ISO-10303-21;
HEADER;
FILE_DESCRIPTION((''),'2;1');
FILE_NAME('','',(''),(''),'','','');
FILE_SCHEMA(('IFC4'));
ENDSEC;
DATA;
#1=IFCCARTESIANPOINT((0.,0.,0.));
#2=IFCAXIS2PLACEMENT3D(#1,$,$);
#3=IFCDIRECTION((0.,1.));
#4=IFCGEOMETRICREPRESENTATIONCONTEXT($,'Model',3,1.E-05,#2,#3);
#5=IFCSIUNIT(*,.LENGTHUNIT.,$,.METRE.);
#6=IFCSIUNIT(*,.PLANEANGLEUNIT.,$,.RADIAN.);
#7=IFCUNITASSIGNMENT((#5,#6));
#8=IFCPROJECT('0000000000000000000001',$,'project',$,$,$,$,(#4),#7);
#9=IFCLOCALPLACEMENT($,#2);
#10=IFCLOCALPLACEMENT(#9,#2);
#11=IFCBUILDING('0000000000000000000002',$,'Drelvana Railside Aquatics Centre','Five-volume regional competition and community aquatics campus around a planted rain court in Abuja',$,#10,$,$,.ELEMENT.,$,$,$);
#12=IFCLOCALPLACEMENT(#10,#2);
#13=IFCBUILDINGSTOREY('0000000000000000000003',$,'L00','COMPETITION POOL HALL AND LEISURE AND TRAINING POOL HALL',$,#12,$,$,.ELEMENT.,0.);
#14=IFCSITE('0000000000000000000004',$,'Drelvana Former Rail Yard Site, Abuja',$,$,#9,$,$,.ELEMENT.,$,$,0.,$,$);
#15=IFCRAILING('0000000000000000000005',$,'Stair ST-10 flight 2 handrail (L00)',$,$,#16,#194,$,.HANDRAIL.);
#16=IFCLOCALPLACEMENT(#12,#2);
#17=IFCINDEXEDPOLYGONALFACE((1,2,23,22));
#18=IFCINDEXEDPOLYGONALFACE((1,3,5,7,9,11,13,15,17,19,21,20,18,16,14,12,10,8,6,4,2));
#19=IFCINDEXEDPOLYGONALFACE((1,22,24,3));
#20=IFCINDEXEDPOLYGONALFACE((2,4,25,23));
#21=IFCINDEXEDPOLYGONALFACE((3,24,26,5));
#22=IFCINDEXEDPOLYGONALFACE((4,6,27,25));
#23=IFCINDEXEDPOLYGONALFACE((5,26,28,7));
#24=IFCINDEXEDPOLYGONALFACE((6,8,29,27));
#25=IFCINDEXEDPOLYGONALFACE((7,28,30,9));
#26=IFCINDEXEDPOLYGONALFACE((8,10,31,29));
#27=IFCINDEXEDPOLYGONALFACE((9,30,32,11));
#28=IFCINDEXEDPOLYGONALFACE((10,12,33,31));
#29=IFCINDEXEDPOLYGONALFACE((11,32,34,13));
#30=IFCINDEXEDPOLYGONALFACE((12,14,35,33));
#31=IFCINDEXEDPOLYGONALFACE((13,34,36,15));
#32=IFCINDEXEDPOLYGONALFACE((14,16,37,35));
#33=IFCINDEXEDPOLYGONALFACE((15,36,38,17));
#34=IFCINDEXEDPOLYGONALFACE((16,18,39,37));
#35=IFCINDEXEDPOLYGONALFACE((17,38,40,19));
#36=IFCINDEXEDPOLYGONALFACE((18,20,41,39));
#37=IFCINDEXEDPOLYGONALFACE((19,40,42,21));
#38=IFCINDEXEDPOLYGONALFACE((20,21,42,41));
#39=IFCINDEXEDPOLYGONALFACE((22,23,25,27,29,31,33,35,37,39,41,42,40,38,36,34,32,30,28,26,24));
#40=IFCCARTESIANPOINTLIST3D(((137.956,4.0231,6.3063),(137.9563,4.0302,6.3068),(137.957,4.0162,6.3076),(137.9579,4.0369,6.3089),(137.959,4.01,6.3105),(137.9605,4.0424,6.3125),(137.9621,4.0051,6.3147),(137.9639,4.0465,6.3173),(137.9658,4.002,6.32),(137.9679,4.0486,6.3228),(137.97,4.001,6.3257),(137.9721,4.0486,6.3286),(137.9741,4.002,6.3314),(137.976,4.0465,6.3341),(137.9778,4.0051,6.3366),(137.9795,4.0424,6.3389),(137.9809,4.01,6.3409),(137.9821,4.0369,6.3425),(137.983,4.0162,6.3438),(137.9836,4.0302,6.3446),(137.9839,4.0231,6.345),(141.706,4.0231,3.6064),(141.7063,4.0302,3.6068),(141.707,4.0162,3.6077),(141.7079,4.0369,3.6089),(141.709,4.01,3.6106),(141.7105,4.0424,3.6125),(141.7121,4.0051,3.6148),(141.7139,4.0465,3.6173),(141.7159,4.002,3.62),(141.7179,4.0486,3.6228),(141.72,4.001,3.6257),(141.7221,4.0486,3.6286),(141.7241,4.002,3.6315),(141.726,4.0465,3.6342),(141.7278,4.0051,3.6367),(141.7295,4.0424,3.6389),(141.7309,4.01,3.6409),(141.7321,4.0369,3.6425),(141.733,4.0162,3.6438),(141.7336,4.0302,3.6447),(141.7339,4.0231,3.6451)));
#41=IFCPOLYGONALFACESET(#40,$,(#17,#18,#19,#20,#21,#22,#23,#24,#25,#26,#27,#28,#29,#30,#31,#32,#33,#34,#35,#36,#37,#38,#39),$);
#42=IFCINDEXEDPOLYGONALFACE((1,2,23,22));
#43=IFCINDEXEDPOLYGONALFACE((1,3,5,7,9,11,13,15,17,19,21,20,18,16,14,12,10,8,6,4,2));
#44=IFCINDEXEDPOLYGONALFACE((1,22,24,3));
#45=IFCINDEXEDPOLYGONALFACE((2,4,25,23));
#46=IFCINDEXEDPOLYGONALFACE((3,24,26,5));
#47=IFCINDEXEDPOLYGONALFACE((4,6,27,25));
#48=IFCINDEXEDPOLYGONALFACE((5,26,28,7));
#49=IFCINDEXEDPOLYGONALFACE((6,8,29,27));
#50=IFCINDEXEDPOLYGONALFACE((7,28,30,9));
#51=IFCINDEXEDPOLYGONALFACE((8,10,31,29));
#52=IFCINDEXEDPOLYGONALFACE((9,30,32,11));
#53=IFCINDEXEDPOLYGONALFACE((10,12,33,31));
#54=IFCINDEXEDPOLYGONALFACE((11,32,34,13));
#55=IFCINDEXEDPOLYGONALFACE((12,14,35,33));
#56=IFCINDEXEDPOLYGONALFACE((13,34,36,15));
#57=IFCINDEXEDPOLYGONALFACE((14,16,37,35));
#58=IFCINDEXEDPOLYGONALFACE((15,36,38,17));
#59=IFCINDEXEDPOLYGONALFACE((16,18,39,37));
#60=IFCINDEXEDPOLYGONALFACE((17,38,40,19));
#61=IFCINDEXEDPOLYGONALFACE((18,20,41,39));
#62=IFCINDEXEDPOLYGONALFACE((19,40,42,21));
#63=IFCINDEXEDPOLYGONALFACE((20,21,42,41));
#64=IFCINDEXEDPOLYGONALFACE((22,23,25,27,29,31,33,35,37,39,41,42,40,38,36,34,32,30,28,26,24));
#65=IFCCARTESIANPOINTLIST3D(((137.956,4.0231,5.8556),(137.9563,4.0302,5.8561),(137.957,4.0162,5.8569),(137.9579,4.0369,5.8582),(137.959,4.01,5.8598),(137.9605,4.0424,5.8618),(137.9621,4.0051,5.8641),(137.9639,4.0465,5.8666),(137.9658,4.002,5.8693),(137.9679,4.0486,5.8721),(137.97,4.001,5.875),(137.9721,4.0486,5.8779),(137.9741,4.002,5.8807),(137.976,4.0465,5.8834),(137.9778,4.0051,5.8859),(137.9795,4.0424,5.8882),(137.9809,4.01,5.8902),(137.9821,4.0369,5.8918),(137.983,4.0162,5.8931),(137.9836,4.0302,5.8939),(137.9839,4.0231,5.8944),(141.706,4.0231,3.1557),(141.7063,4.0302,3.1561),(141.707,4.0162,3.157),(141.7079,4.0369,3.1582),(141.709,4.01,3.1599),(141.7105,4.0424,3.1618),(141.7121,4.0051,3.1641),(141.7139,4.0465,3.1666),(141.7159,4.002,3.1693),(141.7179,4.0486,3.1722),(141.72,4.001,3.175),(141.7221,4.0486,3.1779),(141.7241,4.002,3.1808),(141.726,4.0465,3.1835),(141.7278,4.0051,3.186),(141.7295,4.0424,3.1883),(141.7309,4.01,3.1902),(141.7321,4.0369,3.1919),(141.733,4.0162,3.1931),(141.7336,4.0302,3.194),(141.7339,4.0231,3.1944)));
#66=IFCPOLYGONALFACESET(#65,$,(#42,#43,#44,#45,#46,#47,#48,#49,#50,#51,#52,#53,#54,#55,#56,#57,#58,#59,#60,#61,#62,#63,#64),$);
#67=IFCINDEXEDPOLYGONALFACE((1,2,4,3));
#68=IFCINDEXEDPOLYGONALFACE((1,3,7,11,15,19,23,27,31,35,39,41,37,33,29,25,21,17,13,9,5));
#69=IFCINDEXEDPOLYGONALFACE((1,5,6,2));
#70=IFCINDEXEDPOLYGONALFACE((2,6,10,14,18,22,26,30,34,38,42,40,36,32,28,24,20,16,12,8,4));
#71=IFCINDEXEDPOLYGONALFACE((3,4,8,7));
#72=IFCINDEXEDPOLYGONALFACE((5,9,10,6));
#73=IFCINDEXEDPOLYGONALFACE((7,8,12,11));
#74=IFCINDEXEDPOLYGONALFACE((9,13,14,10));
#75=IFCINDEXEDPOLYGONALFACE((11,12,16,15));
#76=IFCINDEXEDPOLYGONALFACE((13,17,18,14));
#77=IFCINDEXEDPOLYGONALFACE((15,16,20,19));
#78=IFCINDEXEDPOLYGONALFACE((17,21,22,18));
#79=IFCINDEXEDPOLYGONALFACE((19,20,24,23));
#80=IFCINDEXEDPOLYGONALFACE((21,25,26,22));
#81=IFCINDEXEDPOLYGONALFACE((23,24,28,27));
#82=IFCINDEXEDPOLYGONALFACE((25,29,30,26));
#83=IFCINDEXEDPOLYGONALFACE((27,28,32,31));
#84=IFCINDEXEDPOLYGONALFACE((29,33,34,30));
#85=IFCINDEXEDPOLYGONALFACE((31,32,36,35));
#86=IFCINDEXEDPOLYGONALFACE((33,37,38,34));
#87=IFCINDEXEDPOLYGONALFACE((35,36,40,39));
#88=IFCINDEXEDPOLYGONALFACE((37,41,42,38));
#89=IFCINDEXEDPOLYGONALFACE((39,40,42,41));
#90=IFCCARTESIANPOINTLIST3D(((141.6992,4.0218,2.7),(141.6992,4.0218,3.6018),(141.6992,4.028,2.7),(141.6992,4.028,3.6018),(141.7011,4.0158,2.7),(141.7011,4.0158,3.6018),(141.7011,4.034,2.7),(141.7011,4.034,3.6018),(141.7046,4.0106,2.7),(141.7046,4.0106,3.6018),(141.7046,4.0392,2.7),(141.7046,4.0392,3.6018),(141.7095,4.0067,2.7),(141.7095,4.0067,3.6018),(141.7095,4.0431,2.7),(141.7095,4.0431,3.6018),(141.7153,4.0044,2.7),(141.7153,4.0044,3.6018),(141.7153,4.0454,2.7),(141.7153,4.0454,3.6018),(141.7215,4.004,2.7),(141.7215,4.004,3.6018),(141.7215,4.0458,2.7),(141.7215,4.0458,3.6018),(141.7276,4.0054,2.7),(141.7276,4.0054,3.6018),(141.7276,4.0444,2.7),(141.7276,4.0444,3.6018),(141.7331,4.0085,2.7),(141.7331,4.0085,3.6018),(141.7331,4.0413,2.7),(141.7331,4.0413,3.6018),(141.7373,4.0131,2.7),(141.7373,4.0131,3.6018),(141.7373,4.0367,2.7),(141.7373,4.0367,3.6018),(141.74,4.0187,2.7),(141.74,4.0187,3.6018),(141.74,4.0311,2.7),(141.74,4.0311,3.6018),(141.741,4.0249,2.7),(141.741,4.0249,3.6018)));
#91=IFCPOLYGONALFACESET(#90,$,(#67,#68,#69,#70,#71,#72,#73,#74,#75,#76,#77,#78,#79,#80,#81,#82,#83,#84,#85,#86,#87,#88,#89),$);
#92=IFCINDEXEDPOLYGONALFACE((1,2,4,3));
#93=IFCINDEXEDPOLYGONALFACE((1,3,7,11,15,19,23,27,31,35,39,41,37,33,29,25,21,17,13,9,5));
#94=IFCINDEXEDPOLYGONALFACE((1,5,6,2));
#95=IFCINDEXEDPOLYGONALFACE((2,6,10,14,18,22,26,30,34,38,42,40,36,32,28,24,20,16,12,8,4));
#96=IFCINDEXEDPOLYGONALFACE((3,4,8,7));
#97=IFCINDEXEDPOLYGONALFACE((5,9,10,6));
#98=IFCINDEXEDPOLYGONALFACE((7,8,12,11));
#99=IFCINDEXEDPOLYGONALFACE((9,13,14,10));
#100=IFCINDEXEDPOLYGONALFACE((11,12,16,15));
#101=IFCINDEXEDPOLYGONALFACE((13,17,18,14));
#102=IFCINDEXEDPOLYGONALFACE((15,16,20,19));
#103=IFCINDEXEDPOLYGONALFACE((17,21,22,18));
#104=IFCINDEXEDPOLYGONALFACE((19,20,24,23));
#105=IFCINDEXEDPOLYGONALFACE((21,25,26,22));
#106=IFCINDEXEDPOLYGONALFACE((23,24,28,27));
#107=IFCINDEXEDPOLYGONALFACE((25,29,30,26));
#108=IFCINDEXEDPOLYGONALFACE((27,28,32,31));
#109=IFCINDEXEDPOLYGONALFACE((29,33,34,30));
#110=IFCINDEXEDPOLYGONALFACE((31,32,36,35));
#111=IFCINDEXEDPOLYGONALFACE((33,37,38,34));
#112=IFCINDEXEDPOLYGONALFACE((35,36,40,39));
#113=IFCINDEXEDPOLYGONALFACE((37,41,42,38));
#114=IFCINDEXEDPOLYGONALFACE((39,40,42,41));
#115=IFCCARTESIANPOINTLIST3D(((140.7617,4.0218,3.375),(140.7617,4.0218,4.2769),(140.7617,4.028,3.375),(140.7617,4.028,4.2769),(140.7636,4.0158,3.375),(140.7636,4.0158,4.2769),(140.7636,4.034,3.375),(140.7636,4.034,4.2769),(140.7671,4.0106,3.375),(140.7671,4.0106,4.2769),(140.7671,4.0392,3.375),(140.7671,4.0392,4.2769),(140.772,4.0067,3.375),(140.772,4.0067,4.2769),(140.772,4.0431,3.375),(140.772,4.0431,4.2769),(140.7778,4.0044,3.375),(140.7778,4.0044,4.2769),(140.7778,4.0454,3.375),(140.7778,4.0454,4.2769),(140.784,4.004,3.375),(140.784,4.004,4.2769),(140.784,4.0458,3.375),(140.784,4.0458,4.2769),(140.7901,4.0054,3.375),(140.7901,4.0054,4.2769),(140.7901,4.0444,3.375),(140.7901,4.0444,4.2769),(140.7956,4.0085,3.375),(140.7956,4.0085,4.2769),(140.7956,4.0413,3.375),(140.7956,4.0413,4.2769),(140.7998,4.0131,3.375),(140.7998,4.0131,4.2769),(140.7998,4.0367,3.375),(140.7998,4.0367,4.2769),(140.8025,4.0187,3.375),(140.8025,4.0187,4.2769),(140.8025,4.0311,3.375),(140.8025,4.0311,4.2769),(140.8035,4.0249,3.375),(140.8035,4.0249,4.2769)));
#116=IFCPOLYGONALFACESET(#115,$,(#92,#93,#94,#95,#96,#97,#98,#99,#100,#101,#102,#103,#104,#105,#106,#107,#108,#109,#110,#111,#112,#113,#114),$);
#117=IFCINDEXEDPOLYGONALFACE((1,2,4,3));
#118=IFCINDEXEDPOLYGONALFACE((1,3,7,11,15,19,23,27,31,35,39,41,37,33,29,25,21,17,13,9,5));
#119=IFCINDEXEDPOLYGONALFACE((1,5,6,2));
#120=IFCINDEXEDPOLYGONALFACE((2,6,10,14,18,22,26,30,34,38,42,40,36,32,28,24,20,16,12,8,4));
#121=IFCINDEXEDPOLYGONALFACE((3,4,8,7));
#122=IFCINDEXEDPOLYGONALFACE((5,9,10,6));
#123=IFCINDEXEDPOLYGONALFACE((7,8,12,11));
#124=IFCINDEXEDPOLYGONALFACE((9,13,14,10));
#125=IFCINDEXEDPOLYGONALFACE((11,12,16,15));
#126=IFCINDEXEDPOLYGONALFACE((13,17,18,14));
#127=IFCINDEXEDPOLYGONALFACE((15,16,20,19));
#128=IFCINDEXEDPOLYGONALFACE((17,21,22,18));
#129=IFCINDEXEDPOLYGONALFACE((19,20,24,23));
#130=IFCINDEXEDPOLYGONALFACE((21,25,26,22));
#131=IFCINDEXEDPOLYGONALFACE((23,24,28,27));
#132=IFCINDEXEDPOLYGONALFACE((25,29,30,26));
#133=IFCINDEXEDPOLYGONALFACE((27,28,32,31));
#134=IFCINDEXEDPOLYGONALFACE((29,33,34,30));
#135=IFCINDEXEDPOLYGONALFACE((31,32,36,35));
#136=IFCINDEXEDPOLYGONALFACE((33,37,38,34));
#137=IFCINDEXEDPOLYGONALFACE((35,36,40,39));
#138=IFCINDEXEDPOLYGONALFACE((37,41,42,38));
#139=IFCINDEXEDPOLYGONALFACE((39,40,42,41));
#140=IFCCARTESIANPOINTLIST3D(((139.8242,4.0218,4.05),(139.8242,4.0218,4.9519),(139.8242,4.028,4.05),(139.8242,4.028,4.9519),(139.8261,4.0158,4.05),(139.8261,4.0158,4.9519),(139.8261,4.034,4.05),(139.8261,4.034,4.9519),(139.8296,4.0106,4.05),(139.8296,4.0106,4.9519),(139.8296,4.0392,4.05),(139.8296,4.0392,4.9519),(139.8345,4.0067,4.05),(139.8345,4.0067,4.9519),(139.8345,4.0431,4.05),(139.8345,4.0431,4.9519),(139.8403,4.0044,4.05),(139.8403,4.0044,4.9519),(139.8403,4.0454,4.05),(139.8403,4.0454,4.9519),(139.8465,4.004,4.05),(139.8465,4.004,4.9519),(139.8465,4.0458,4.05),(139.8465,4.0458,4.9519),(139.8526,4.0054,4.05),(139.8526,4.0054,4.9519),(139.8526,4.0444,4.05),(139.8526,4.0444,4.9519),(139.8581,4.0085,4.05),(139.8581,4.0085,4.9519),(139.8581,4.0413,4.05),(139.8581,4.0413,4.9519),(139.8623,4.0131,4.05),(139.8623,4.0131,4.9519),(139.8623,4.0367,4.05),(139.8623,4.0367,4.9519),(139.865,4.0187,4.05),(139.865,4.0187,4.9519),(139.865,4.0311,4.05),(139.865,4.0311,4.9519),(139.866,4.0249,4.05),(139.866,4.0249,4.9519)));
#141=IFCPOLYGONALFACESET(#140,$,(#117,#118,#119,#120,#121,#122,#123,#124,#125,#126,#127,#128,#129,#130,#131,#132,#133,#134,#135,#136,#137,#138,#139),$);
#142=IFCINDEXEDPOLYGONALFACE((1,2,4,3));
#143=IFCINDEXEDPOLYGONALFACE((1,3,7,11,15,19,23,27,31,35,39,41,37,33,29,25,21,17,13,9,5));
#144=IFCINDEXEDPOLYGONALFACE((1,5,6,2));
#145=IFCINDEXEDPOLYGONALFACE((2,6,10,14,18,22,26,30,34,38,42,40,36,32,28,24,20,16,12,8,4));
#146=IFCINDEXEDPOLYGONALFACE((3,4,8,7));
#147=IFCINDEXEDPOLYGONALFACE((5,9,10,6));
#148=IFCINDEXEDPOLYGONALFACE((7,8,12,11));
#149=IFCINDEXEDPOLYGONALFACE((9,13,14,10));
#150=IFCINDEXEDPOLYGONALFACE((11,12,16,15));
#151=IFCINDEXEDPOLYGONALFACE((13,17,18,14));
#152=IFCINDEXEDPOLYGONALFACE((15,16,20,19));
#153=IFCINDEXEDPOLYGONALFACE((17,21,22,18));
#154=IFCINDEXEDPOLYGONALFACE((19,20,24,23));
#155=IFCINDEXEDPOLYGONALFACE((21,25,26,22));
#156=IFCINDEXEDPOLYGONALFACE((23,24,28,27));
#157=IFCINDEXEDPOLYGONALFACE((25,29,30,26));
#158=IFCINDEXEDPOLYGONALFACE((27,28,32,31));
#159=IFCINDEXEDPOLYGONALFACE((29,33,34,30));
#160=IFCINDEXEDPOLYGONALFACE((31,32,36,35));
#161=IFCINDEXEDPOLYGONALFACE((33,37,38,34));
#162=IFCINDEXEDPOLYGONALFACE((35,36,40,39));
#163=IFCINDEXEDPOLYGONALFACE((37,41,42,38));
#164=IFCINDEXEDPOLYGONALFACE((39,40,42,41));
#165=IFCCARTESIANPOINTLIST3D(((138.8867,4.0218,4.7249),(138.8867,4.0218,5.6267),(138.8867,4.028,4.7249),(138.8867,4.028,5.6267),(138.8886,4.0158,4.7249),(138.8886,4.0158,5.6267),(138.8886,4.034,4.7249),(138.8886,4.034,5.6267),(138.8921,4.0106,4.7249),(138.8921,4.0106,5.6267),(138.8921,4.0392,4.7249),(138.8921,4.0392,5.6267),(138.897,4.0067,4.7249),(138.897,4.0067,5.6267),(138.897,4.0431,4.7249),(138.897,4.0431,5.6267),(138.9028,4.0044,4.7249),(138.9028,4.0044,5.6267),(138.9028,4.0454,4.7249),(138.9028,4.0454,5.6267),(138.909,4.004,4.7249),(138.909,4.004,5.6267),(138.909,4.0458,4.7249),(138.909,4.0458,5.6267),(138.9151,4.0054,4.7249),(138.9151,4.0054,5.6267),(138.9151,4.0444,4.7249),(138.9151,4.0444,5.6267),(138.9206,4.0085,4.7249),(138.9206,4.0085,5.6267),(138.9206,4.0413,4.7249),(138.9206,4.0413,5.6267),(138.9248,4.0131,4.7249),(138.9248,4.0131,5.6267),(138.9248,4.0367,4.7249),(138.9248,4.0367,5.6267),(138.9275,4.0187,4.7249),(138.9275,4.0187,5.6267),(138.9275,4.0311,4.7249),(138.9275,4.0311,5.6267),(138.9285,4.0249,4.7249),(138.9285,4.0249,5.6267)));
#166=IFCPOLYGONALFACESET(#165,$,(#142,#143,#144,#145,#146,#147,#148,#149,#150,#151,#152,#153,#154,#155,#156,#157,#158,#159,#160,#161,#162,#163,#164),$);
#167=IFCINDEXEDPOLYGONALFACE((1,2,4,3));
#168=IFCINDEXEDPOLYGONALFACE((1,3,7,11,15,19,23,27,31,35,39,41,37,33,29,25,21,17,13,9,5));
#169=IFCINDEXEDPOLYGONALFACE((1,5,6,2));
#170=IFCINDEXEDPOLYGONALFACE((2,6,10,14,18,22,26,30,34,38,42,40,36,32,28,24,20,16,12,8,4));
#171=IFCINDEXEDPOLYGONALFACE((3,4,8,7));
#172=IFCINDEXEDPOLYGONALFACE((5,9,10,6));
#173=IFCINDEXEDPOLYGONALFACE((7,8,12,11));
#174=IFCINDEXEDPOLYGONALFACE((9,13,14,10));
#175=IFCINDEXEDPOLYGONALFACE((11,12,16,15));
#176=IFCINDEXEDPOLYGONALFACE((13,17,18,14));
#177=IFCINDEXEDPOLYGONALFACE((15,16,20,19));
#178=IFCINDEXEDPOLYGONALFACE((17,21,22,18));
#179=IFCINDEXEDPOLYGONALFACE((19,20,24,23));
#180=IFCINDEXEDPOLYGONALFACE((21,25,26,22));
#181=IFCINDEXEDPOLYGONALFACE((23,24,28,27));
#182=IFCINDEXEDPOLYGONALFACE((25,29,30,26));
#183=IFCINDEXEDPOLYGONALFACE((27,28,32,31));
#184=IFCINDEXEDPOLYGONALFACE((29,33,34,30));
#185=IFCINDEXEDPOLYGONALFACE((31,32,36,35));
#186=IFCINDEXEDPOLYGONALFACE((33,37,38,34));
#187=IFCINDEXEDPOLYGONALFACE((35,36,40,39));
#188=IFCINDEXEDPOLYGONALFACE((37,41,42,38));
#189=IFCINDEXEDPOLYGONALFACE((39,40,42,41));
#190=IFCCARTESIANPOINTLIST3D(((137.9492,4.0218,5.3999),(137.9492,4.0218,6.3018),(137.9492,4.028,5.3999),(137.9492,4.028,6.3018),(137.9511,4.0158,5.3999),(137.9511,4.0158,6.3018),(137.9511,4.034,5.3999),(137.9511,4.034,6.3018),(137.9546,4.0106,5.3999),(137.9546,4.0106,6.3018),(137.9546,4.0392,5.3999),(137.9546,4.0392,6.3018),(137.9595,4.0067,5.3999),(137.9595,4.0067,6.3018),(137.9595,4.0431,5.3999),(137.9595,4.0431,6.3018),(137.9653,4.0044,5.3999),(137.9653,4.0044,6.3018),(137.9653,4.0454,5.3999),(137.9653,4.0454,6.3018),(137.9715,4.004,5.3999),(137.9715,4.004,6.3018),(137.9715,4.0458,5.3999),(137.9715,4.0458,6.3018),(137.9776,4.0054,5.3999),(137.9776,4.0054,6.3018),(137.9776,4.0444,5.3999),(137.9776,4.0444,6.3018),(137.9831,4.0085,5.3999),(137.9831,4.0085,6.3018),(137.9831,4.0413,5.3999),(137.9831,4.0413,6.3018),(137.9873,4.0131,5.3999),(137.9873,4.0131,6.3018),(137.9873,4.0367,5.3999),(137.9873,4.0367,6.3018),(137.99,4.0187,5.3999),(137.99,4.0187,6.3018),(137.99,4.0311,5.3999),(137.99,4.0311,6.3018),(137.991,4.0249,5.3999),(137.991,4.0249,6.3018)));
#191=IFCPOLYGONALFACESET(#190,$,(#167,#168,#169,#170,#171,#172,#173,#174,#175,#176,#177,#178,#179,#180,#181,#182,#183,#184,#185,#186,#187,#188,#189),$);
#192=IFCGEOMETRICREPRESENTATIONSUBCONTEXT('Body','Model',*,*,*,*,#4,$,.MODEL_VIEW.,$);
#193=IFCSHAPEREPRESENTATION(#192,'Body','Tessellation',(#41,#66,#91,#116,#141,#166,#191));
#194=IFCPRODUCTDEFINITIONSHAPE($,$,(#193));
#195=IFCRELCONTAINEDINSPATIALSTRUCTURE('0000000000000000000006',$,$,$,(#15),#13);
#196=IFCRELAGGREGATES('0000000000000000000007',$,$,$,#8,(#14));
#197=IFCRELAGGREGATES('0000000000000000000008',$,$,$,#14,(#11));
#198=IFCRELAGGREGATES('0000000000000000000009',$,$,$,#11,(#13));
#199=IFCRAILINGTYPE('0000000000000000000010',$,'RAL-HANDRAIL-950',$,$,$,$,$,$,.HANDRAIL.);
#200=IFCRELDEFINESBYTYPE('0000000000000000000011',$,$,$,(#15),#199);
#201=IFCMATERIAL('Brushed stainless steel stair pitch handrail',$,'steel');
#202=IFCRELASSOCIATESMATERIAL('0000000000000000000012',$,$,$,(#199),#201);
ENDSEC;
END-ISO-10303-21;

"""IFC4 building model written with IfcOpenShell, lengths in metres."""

from ifc_helpers import new_model, si_unit, direction, frame, origin, origin_2d, place, context, subcontext, project, spatial, circle, extrude, material, type_object, element, save


model = new_model("IFC4")

# Units and contexts
model_context = context("Model", 3, precision=1e-05, world=origin(), true_north=direction((0.0, 1.0)))
body_context = subcontext(model_context, "Body", "Model", "MODEL_VIEW")
ifc_project = project(units=[si_unit("LENGTHUNIT", "METRE"), si_unit("PLANEANGLEUNIT", "RADIAN")], contexts=[model_context])

# Site, building, storey
site_placement = place(None, origin())
site = spatial("IfcSite", under=ifc_project, at=site_placement, Name="Drelvana Former Rail Yard Site, Abuja", CompositionType="ELEMENT", RefElevation=0.0)
building_placement = place(site_placement, origin())
building = spatial("IfcBuilding", under=site, at=building_placement, Name="Drelvana Railside Aquatics Centre", Description="Five-volume regional competition and community aquatics campus around a planted rain court in Abuja", CompositionType="ELEMENT")
storey_placement = place(building_placement, origin())
storey = spatial("IfcBuildingStorey", under=building, at=storey_placement, Name="L00", Description="COMPETITION POOL HALL AND LEISURE AND TRAINING POOL HALL", CompositionType="ELEMENT", Elevation=0.0)

# Railing
ifc_material_1 = material(Name="Brushed stainless steel stair pitch handrail", Category="steel")
railing_type = type_object("IfcRailingType", Name="RAL-HANDRAIL-950", PredefinedType="HANDRAIL", material=ifc_material_1)
railing_1_placement = place(storey_placement, frame((141.72, 4.0249, 2.7)))
element("IfcRailing", 1, at=railing_1_placement, inside=storey, type_object=railing_type, Name="Stair ST-10 flight 2 handrail (L00)", PredefinedType="HANDRAIL", context=body_context, shape_type="SweptSolid", body=[
    extrude(circle(Radius=0.0239, at=origin_2d()), frame((0.0, 0.0, 0.9258), z_axis=(-0.811539, 0.0, 0.584298), x_axis=(0.0, -1.0, 0.0)), (0.0, 0.0, 1.0), 4.6208),
    extrude(circle(Radius=0.0239, at=origin_2d()), frame((0.0, 0.0, 0.4751), z_axis=(-0.811539, 0.0, 0.584298), x_axis=(0.0, -1.0, 0.0)), (0.0, 0.0, 1.0), 4.6208),
    extrude(circle(Radius=0.021, at=origin_2d()), origin(), (0.0, 0.0, 1.0), 0.9019),
    extrude(circle(Radius=0.021, at=origin_2d()), frame((-0.9375, 0.0, 0.675)), (0.0, 0.0, 1.0), 0.9019),
    extrude(circle(Radius=0.021, at=origin_2d()), frame((-1.875, 0.0, 1.3501)), (0.0, 0.0, 1.0), 0.9019),
    extrude(circle(Radius=0.021, at=origin_2d()), frame((-2.8125, 0.0, 2.0249)), (0.0, 0.0, 1.0), 0.9019),
    extrude(circle(Radius=0.021, at=origin_2d()), frame((-3.75, 0.0, 2.7)), (0.0, 0.0, 1.0), 0.9019),
])

save(model, "model.ifc")
